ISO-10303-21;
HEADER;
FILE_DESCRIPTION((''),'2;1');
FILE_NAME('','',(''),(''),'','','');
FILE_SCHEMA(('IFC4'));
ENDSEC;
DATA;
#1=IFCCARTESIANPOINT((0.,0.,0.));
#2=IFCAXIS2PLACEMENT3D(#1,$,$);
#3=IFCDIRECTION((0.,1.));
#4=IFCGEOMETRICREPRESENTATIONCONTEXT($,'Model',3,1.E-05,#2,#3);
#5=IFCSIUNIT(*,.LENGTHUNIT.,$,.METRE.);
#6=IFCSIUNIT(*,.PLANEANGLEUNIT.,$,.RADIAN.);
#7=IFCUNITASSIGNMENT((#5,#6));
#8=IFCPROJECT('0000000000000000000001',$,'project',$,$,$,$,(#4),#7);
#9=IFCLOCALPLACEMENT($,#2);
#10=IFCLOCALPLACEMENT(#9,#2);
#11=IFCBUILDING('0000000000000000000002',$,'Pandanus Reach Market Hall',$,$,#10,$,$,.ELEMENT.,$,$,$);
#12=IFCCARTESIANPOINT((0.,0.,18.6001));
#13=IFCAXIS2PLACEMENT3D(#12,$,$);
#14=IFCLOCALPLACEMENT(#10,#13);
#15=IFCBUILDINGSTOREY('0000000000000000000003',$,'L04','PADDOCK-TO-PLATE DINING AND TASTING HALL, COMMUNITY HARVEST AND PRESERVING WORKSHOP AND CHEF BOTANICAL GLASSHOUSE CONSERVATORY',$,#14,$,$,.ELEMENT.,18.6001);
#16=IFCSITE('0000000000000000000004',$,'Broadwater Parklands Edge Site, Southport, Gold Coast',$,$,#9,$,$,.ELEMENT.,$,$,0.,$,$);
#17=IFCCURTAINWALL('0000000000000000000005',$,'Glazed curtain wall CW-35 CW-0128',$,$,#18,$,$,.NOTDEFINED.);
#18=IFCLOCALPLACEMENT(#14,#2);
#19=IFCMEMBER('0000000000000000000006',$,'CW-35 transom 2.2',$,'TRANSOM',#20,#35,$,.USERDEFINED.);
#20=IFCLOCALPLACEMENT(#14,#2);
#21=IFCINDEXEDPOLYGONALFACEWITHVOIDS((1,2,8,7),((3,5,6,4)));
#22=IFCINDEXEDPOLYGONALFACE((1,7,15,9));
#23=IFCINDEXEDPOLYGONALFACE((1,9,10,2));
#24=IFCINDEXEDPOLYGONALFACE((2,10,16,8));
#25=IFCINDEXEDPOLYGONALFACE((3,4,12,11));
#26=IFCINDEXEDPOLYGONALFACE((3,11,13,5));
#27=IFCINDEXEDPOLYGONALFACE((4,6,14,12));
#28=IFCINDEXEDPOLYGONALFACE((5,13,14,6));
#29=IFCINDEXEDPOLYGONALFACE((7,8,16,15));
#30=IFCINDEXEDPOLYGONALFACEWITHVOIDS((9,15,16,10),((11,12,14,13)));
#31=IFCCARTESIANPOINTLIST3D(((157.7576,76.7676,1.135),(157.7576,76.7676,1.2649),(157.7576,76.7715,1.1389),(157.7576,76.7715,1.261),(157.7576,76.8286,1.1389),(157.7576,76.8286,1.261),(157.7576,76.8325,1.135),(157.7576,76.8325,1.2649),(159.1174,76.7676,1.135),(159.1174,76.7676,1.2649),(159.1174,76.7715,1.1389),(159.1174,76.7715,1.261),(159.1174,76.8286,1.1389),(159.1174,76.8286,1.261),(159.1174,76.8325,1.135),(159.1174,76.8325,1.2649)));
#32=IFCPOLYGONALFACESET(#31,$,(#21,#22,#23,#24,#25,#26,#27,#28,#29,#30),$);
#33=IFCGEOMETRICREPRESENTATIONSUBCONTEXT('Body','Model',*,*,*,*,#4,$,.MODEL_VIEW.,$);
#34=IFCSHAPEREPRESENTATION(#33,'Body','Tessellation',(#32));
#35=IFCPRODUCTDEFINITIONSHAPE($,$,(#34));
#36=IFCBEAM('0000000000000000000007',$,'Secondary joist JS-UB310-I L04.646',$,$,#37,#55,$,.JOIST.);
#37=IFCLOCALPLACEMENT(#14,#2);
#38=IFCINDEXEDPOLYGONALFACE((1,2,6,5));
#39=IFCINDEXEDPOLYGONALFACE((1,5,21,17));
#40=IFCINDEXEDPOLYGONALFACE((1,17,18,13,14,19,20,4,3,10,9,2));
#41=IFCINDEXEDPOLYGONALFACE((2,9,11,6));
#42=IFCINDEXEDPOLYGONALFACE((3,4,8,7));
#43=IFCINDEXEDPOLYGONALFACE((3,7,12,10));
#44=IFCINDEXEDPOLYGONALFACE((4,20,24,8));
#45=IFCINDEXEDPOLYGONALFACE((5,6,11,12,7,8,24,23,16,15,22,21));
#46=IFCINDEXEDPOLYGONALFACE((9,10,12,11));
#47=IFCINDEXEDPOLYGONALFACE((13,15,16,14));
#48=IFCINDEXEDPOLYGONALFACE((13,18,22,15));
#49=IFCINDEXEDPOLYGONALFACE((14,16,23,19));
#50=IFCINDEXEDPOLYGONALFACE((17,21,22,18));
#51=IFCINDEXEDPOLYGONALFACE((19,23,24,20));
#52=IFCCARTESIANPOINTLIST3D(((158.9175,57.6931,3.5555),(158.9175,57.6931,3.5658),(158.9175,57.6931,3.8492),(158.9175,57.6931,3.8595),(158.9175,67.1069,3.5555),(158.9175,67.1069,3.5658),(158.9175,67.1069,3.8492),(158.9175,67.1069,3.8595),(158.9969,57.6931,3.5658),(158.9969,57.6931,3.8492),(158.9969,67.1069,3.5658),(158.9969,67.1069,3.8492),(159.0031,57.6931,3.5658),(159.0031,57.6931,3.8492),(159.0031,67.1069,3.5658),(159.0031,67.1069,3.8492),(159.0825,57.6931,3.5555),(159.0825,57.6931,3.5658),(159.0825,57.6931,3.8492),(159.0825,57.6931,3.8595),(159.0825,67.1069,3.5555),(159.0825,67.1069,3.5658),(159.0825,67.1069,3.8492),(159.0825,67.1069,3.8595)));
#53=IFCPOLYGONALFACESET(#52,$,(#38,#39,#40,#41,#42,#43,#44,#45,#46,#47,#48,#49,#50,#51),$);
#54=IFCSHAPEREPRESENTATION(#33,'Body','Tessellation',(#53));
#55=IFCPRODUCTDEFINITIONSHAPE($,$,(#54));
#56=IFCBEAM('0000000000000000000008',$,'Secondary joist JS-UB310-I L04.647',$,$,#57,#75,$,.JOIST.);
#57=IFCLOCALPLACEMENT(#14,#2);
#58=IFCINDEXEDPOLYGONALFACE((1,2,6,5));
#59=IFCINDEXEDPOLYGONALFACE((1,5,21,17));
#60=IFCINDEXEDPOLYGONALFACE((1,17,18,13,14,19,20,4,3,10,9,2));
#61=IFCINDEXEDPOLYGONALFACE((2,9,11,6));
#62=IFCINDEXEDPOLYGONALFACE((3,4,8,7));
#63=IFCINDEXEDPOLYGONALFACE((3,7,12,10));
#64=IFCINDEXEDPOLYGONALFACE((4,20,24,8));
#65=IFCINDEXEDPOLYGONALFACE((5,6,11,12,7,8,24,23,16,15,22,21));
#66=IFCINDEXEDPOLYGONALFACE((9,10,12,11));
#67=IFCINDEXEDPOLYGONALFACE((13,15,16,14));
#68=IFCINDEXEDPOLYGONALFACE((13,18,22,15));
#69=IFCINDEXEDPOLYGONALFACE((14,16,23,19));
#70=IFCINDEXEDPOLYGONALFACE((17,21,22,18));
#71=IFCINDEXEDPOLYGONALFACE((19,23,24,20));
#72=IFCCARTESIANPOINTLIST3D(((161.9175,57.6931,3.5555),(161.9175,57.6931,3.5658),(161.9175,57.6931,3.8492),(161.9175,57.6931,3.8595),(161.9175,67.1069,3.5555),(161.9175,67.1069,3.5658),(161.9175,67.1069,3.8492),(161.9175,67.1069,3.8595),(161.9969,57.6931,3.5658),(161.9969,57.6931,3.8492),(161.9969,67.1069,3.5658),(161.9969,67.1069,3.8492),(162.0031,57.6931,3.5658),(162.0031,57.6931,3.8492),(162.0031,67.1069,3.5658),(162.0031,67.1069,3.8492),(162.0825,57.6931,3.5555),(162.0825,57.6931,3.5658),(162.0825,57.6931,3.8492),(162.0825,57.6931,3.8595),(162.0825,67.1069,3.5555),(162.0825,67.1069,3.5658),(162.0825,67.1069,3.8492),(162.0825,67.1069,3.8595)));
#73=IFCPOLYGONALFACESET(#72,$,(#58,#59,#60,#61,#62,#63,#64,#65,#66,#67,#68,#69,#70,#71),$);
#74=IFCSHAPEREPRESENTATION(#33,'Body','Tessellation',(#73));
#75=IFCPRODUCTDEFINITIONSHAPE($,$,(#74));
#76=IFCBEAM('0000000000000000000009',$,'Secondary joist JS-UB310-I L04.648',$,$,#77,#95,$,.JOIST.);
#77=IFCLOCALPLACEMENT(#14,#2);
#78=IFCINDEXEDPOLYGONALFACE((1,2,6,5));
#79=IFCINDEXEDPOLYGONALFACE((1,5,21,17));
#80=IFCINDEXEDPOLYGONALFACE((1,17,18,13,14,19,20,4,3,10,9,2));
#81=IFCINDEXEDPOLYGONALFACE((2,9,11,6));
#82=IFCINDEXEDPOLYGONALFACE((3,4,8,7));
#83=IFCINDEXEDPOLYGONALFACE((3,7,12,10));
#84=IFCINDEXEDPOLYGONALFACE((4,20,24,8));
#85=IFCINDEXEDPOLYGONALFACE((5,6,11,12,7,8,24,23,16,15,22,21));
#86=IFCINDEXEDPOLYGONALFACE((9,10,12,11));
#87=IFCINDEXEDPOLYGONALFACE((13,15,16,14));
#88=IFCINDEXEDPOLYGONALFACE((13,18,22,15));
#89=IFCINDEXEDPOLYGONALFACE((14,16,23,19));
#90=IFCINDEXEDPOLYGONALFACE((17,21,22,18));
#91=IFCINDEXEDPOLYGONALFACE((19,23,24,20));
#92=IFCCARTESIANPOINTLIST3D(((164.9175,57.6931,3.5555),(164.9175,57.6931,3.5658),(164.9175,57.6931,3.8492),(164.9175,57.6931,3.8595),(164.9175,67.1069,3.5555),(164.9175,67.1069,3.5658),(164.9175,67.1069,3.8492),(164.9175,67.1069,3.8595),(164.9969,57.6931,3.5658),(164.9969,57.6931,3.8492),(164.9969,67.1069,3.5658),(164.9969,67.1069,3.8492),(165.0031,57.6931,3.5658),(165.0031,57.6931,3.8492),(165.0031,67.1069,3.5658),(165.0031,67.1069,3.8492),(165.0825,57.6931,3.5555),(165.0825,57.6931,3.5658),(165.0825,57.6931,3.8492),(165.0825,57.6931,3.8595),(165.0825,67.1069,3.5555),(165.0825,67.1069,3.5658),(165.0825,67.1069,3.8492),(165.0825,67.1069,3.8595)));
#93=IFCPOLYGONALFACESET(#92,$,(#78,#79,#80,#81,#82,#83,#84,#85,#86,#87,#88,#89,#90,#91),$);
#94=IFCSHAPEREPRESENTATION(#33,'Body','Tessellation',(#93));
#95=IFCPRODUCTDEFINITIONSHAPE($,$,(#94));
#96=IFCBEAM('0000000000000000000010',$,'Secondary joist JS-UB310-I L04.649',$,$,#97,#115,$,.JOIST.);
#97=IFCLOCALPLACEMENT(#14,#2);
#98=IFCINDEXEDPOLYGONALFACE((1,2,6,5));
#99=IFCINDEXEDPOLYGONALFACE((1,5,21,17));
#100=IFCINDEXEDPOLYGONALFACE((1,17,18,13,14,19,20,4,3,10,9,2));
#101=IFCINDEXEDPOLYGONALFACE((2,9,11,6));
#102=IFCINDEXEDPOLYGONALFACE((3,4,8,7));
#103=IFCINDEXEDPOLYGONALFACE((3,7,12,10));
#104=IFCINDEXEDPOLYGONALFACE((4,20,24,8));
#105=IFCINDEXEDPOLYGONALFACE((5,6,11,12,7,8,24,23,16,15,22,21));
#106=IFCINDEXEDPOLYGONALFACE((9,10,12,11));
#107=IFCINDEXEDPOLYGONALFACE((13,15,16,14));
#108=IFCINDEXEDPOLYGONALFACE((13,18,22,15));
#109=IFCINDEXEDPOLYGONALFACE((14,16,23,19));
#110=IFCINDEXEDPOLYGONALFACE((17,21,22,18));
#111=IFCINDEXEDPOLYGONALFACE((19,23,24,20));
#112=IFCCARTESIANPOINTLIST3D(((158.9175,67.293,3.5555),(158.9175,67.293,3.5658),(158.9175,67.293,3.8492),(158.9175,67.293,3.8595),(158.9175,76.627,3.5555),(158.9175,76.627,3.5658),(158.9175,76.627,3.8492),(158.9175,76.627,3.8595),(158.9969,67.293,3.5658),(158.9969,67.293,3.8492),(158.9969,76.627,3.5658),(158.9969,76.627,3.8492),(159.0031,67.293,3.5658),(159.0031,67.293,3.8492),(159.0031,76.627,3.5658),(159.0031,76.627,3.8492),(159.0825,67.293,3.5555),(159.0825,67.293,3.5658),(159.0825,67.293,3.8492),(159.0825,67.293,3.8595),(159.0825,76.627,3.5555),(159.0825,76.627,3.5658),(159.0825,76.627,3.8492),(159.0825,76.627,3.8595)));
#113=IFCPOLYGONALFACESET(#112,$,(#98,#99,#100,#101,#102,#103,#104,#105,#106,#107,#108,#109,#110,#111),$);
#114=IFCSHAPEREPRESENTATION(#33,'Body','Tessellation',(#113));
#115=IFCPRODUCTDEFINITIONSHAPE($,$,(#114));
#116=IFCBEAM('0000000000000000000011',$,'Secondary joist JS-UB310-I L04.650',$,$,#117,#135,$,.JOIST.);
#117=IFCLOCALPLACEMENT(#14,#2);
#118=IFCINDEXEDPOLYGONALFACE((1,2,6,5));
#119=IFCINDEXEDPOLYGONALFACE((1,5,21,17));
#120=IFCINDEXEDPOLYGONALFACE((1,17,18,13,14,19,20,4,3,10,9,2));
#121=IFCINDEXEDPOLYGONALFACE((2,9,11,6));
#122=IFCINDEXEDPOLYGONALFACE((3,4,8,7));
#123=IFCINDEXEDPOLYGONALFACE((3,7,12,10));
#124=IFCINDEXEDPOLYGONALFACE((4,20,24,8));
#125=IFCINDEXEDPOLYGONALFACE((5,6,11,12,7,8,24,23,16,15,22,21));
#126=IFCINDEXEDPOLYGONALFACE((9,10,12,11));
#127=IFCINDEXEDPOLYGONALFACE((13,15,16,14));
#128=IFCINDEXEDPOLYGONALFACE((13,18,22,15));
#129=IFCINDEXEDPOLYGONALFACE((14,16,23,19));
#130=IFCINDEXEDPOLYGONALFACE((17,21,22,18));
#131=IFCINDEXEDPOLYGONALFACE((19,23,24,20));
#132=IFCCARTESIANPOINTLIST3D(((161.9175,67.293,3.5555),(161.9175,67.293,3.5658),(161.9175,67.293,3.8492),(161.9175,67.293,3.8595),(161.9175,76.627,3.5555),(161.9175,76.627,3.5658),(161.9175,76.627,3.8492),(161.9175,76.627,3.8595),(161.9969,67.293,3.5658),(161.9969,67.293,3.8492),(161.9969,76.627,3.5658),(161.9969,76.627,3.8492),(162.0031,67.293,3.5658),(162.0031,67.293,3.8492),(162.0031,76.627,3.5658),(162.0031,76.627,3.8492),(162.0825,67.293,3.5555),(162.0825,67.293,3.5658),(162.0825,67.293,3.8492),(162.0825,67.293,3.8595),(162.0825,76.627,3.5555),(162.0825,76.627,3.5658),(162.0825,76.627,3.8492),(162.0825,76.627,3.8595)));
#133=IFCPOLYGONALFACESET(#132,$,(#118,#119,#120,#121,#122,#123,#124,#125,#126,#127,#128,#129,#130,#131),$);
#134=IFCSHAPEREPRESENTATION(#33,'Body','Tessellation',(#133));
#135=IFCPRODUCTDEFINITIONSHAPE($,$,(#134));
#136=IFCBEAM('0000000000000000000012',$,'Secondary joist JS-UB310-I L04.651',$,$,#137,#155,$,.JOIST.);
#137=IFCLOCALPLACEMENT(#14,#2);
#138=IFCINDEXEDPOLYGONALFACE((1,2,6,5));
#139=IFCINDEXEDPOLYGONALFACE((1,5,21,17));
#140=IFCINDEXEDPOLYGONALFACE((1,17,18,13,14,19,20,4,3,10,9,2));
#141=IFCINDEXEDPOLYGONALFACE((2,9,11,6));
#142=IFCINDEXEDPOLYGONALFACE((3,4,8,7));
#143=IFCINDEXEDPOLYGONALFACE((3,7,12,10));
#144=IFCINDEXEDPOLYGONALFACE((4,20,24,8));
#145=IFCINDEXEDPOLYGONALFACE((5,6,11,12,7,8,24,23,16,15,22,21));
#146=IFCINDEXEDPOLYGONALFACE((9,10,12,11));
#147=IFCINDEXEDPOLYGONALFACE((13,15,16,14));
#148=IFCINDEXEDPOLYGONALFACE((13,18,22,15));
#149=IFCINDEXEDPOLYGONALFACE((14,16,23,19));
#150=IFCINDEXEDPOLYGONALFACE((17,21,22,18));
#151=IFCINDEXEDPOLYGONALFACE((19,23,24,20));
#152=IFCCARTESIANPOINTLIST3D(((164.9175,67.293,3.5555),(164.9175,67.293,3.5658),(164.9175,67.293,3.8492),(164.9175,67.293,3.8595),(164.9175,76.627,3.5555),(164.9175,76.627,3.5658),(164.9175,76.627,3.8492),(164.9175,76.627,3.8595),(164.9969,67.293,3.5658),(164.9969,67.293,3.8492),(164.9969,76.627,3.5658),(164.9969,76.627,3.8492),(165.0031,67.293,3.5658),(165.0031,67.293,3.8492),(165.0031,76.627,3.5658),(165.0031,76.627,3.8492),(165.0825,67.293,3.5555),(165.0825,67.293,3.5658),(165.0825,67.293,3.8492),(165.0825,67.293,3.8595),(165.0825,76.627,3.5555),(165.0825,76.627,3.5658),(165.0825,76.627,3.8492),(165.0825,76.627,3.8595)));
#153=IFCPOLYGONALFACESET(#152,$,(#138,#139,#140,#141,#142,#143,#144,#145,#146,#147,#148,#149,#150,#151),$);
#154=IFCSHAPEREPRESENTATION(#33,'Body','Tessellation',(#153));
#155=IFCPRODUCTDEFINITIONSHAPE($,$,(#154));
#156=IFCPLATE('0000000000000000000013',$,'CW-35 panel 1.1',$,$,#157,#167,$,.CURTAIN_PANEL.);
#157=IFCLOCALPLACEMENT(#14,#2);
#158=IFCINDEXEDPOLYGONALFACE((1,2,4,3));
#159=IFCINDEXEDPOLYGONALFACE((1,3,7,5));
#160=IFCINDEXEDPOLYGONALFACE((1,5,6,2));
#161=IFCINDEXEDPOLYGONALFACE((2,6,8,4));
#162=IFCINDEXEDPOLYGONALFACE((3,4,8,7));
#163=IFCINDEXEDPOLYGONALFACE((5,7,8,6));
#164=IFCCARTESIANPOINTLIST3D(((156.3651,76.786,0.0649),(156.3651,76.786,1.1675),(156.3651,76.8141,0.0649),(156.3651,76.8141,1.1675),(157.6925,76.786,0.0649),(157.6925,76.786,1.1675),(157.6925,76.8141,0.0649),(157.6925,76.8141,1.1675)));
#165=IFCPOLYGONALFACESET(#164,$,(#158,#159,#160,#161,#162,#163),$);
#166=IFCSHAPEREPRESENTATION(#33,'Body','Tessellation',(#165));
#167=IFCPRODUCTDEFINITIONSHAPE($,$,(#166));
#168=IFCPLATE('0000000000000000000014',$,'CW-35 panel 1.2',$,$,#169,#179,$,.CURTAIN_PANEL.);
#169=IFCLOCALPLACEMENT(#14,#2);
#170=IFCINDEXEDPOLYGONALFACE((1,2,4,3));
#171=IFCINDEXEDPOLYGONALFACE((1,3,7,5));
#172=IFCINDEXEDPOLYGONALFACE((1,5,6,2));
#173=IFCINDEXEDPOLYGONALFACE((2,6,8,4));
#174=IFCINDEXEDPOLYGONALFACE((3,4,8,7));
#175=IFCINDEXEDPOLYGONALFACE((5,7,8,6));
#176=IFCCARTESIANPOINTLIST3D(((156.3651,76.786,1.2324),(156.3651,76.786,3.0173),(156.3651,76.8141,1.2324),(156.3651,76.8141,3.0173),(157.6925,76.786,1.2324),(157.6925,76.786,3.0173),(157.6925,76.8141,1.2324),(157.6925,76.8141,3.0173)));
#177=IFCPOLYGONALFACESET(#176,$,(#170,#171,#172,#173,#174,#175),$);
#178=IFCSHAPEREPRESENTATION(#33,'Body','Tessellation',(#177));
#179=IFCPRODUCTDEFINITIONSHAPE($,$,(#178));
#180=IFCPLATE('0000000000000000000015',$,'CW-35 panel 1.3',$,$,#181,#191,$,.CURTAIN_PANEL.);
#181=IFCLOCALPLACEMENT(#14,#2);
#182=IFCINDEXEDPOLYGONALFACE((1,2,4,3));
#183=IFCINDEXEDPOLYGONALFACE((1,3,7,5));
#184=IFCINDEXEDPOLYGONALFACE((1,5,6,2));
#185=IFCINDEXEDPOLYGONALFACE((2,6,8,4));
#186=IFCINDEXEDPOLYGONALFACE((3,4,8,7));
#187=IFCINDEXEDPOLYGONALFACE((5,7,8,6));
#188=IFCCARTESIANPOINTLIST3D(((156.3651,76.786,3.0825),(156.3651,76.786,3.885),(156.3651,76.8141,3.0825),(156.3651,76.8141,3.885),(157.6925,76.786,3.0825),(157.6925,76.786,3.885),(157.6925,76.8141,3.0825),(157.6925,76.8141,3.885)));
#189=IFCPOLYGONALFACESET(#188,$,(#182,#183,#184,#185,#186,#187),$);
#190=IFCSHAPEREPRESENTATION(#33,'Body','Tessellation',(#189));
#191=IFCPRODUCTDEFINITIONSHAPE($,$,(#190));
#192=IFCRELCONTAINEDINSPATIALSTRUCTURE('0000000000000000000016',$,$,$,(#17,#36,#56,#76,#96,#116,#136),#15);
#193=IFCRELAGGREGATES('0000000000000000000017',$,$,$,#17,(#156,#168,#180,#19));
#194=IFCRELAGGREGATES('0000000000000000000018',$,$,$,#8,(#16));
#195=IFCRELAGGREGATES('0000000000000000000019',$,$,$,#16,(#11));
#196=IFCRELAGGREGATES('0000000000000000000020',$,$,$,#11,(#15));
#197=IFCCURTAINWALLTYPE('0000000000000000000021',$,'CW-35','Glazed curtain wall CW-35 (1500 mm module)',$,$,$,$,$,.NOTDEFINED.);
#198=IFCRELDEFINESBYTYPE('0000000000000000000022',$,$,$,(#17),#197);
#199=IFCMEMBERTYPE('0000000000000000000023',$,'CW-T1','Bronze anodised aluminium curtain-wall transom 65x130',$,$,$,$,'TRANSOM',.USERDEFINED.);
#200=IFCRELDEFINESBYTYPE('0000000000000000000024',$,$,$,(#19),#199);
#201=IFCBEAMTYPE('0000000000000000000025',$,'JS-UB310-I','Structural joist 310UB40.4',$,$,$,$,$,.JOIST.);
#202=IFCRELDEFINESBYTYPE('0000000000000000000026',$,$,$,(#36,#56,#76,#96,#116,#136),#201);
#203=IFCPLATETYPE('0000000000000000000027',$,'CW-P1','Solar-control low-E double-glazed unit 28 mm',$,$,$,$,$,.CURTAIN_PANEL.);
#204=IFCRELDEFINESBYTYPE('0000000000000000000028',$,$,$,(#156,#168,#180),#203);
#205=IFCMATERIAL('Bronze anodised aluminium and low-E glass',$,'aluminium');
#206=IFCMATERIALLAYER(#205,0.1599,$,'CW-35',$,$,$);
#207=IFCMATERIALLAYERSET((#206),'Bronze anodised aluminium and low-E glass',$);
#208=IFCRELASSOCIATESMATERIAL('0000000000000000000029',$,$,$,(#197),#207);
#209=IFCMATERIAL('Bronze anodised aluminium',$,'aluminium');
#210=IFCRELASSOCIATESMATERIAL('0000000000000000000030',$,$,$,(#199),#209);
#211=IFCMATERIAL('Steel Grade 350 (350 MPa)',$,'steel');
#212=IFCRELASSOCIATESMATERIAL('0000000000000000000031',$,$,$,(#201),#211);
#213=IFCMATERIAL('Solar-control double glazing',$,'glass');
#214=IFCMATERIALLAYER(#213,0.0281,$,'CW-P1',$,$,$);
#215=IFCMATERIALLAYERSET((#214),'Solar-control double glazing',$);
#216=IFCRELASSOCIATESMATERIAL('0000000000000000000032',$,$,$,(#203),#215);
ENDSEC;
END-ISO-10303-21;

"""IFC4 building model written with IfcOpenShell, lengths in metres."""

from ifc_helpers import new_model, si_unit, direction, frame, origin, origin_2d, place, context, subcontext, project, spatial, rectangle, hollow_rectangle, i_section, extrude, material, layer, layer_set, material_profile, profile_set, type_object, element, aggregate, save


model = new_model("IFC4")

# Units and contexts
model_context = context("Model", 3, precision=1e-05, world=origin(), true_north=direction((0.0, 1.0)))
body_context = subcontext(model_context, "Body", "Model", "MODEL_VIEW")
ifc_project = project(units=[si_unit("LENGTHUNIT", "METRE"), si_unit("PLANEANGLEUNIT", "RADIAN")], contexts=[model_context])

# Site, building, storey
site_placement = place(None, origin())
site = spatial("IfcSite", under=ifc_project, at=site_placement, Name="Broadwater Parklands Edge Site, Southport, Gold Coast", CompositionType="ELEMENT", RefElevation=0.0)
building_placement = place(site_placement, origin())
building = spatial("IfcBuilding", under=site, at=building_placement, Name="Pandanus Reach Market Hall", CompositionType="ELEMENT")
storey_placement = place(building_placement, frame((0.0, 0.0, 18.6001)))
storey = spatial("IfcBuildingStorey", under=building, at=storey_placement, Name="L04", Description="PADDOCK-TO-PLATE DINING AND TASTING HALL, COMMUNITY HARVEST AND PRESERVING WORKSHOP AND CHEF BOTANICAL GLASSHOUSE CONSERVATORY", CompositionType="ELEMENT", Elevation=18.6001)

# Shared definitions
ifc_material_1 = material(Name="Steel Grade 350 (350 MPa)", Category="steel")

# Curtain wall, member
ifc_material_2 = material(Name="Bronze anodised aluminium and low-E glass", Category="aluminium")
ifc_layer_1 = layer(ifc_material_2, 0.1599, Name="CW-35")
ifc_layer_set_1 = layer_set([ifc_layer_1], Name="Bronze anodised aluminium and low-E glass")
curtain_wall_type = type_object("IfcCurtainWallType", Name="CW-35", Description="Glazed curtain wall CW-35 (1500 mm module)", PredefinedType="NOTDEFINED", material=ifc_layer_set_1)
curtain_wall_placement = place(storey_placement, origin())
curtain_wall = element("IfcCurtainWall", 1, at=curtain_wall_placement, inside=storey, type_object=curtain_wall_type, Name="Glazed curtain wall CW-35 CW-0128", PredefinedType="NOTDEFINED")
ifc_material_3 = material(Name="Bronze anodised aluminium", Category="aluminium")
ifc_material_profile_1 = material_profile(ifc_material_3, hollow_rectangle(XDim=0.0649, YDim=0.1299, WallThickness=0.0039, at=origin_2d()), Name="ALU65x130", Category="LoadBearing")
ifc_profile_set_1 = profile_set([ifc_material_profile_1], Name="Bronze anodised aluminium")
member_type_1 = type_object("IfcMemberType", Name="CW-T1", Description="Bronze anodised aluminium curtain-wall transom 65x130", ElementType="TRANSOM", PredefinedType="USERDEFINED", material=ifc_profile_set_1)
member_1_placement = place(storey_placement, frame((157.7576, 76.8, 1.2), z_axis=(1.0, 0.0, 0.0), x_axis=(0.0, 1.0, 0.0)))
member_1 = element("IfcMember", 2, at=member_1_placement, type_object=member_type_1, Name="CW-35 transom 2.2", ObjectType="TRANSOM", PredefinedType="USERDEFINED", context=body_context, shape_type="SweptSolid", body=[
    extrude(hollow_rectangle(XDim=0.0649, YDim=0.1299, WallThickness=0.0039, at=origin_2d()), origin(), (0.0, 0.0, 1.0), 1.3599),
])

# Beams
ifc_material_profile_2 = material_profile(ifc_material_1, i_section(OverallWidth=0.165, OverallDepth=0.304, WebThickness=0.0061, FlangeThickness=0.0103, at=origin_2d()), Name="310UB40.4", Category="LoadBearing")
ifc_profile_set_2 = profile_set([ifc_material_profile_2], Name="Steel Grade 350 (350 MPa)")
beam_type_1 = type_object("IfcBeamType", Name="JS-UB310-I", Description="Structural joist 310UB40.4", PredefinedType="JOIST", material=ifc_profile_set_2)
for number, where, z_axis, x_axis, name in (
    (3, (159.0, 57.6931, 3.7075), (0.0, 1.0, 0.0), (-1.0, 0.0, 0.0), "Secondary joist JS-UB310-I L04.646"),
    (4, (162.0, 57.6931, 3.7075), (0.0, 1.0, 0.0), (-1.0, 0.0, 0.0), "Secondary joist JS-UB310-I L04.647"),
    (5, (165.0, 57.6931, 3.7075), (0.0, 1.0, 0.0), (-1.0, 0.0, 0.0), "Secondary joist JS-UB310-I L04.648"),
):
    element("IfcBeam", number, at=place(storey_placement, frame(where, z_axis=z_axis, x_axis=x_axis)), inside=storey, type_object=beam_type_1, Name=name, PredefinedType="JOIST", context=body_context, shape_type="SweptSolid", body=[
        extrude(i_section(OverallWidth=0.165, OverallDepth=0.304, WebThickness=0.0061, FlangeThickness=0.0103, at=origin_2d()), origin(), (0.0, 0.0, 1.0), 9.4138),
    ])
for number, where, z_axis, x_axis, name in (
    (6, (159.0, 67.293, 3.7075), (0.0, 1.0, 0.0), (-1.0, 0.0, 0.0), "Secondary joist JS-UB310-I L04.649"),
    (7, (162.0, 67.293, 3.7075), (0.0, 1.0, 0.0), (-1.0, 0.0, 0.0), "Secondary joist JS-UB310-I L04.650"),
    (8, (165.0, 67.293, 3.7075), (0.0, 1.0, 0.0), (-1.0, 0.0, 0.0), "Secondary joist JS-UB310-I L04.651"),
):
    element("IfcBeam", number, at=place(storey_placement, frame(where, z_axis=z_axis, x_axis=x_axis)), inside=storey, type_object=beam_type_1, Name=name, PredefinedType="JOIST", context=body_context, shape_type="SweptSolid", body=[
        extrude(i_section(OverallWidth=0.165, OverallDepth=0.304, WebThickness=0.0061, FlangeThickness=0.0103, at=origin_2d()), origin(), (0.0, 0.0, 1.0), 9.334),
    ])

# Plates
ifc_material_4 = material(Name="Solar-control double glazing", Category="glass")
ifc_layer_2 = layer(ifc_material_4, 0.0281, Name="CW-P1")
ifc_layer_set_2 = layer_set([ifc_layer_2], Name="Solar-control double glazing")
plate_type = type_object("IfcPlateType", Name="CW-P1", Description="Solar-control low-E double-glazed unit 28 mm", PredefinedType="CURTAIN_PANEL", material=ifc_layer_set_2)
plate_1_placement = place(storey_placement, frame((157.0288, 76.8, 0.0649), z_axis=(0.0, 0.0, 1.0), x_axis=(1.0, 0.0, 0.0)))
plate_1 = element("IfcPlate", 9, at=plate_1_placement, type_object=plate_type, Name="CW-35 panel 1.1", PredefinedType="CURTAIN_PANEL", context=body_context, shape_type="SweptSolid", body=[
    extrude(rectangle(XDim=1.3274, YDim=0.0281, at=origin_2d()), origin(), (0.0, 0.0, 1.0), 1.1025),
])
plate_2_placement = place(storey_placement, frame((157.0288, 76.8, 1.2324), z_axis=(0.0, 0.0, 1.0), x_axis=(1.0, 0.0, 0.0)))
plate_2 = element("IfcPlate", 10, at=plate_2_placement, type_object=plate_type, Name="CW-35 panel 1.2", PredefinedType="CURTAIN_PANEL", context=body_context, shape_type="SweptSolid", body=[
    extrude(rectangle(XDim=1.3274, YDim=0.0281, at=origin_2d()), origin(), (0.0, 0.0, 1.0), 1.7849),
])
plate_3_placement = place(storey_placement, frame((157.0288, 76.8, 3.0825), z_axis=(0.0, 0.0, 1.0), x_axis=(1.0, 0.0, 0.0)))
plate_3 = element("IfcPlate", 11, at=plate_3_placement, type_object=plate_type, Name="CW-35 panel 1.3", PredefinedType="CURTAIN_PANEL", context=body_context, shape_type="SweptSolid", body=[
    extrude(rectangle(XDim=1.3274, YDim=0.0281, at=origin_2d()), origin(), (0.0, 0.0, 1.0), 0.8025),
])
aggregate(curtain_wall, [plate_1, plate_2, plate_3, member_1])

save(model, "model.ifc")
